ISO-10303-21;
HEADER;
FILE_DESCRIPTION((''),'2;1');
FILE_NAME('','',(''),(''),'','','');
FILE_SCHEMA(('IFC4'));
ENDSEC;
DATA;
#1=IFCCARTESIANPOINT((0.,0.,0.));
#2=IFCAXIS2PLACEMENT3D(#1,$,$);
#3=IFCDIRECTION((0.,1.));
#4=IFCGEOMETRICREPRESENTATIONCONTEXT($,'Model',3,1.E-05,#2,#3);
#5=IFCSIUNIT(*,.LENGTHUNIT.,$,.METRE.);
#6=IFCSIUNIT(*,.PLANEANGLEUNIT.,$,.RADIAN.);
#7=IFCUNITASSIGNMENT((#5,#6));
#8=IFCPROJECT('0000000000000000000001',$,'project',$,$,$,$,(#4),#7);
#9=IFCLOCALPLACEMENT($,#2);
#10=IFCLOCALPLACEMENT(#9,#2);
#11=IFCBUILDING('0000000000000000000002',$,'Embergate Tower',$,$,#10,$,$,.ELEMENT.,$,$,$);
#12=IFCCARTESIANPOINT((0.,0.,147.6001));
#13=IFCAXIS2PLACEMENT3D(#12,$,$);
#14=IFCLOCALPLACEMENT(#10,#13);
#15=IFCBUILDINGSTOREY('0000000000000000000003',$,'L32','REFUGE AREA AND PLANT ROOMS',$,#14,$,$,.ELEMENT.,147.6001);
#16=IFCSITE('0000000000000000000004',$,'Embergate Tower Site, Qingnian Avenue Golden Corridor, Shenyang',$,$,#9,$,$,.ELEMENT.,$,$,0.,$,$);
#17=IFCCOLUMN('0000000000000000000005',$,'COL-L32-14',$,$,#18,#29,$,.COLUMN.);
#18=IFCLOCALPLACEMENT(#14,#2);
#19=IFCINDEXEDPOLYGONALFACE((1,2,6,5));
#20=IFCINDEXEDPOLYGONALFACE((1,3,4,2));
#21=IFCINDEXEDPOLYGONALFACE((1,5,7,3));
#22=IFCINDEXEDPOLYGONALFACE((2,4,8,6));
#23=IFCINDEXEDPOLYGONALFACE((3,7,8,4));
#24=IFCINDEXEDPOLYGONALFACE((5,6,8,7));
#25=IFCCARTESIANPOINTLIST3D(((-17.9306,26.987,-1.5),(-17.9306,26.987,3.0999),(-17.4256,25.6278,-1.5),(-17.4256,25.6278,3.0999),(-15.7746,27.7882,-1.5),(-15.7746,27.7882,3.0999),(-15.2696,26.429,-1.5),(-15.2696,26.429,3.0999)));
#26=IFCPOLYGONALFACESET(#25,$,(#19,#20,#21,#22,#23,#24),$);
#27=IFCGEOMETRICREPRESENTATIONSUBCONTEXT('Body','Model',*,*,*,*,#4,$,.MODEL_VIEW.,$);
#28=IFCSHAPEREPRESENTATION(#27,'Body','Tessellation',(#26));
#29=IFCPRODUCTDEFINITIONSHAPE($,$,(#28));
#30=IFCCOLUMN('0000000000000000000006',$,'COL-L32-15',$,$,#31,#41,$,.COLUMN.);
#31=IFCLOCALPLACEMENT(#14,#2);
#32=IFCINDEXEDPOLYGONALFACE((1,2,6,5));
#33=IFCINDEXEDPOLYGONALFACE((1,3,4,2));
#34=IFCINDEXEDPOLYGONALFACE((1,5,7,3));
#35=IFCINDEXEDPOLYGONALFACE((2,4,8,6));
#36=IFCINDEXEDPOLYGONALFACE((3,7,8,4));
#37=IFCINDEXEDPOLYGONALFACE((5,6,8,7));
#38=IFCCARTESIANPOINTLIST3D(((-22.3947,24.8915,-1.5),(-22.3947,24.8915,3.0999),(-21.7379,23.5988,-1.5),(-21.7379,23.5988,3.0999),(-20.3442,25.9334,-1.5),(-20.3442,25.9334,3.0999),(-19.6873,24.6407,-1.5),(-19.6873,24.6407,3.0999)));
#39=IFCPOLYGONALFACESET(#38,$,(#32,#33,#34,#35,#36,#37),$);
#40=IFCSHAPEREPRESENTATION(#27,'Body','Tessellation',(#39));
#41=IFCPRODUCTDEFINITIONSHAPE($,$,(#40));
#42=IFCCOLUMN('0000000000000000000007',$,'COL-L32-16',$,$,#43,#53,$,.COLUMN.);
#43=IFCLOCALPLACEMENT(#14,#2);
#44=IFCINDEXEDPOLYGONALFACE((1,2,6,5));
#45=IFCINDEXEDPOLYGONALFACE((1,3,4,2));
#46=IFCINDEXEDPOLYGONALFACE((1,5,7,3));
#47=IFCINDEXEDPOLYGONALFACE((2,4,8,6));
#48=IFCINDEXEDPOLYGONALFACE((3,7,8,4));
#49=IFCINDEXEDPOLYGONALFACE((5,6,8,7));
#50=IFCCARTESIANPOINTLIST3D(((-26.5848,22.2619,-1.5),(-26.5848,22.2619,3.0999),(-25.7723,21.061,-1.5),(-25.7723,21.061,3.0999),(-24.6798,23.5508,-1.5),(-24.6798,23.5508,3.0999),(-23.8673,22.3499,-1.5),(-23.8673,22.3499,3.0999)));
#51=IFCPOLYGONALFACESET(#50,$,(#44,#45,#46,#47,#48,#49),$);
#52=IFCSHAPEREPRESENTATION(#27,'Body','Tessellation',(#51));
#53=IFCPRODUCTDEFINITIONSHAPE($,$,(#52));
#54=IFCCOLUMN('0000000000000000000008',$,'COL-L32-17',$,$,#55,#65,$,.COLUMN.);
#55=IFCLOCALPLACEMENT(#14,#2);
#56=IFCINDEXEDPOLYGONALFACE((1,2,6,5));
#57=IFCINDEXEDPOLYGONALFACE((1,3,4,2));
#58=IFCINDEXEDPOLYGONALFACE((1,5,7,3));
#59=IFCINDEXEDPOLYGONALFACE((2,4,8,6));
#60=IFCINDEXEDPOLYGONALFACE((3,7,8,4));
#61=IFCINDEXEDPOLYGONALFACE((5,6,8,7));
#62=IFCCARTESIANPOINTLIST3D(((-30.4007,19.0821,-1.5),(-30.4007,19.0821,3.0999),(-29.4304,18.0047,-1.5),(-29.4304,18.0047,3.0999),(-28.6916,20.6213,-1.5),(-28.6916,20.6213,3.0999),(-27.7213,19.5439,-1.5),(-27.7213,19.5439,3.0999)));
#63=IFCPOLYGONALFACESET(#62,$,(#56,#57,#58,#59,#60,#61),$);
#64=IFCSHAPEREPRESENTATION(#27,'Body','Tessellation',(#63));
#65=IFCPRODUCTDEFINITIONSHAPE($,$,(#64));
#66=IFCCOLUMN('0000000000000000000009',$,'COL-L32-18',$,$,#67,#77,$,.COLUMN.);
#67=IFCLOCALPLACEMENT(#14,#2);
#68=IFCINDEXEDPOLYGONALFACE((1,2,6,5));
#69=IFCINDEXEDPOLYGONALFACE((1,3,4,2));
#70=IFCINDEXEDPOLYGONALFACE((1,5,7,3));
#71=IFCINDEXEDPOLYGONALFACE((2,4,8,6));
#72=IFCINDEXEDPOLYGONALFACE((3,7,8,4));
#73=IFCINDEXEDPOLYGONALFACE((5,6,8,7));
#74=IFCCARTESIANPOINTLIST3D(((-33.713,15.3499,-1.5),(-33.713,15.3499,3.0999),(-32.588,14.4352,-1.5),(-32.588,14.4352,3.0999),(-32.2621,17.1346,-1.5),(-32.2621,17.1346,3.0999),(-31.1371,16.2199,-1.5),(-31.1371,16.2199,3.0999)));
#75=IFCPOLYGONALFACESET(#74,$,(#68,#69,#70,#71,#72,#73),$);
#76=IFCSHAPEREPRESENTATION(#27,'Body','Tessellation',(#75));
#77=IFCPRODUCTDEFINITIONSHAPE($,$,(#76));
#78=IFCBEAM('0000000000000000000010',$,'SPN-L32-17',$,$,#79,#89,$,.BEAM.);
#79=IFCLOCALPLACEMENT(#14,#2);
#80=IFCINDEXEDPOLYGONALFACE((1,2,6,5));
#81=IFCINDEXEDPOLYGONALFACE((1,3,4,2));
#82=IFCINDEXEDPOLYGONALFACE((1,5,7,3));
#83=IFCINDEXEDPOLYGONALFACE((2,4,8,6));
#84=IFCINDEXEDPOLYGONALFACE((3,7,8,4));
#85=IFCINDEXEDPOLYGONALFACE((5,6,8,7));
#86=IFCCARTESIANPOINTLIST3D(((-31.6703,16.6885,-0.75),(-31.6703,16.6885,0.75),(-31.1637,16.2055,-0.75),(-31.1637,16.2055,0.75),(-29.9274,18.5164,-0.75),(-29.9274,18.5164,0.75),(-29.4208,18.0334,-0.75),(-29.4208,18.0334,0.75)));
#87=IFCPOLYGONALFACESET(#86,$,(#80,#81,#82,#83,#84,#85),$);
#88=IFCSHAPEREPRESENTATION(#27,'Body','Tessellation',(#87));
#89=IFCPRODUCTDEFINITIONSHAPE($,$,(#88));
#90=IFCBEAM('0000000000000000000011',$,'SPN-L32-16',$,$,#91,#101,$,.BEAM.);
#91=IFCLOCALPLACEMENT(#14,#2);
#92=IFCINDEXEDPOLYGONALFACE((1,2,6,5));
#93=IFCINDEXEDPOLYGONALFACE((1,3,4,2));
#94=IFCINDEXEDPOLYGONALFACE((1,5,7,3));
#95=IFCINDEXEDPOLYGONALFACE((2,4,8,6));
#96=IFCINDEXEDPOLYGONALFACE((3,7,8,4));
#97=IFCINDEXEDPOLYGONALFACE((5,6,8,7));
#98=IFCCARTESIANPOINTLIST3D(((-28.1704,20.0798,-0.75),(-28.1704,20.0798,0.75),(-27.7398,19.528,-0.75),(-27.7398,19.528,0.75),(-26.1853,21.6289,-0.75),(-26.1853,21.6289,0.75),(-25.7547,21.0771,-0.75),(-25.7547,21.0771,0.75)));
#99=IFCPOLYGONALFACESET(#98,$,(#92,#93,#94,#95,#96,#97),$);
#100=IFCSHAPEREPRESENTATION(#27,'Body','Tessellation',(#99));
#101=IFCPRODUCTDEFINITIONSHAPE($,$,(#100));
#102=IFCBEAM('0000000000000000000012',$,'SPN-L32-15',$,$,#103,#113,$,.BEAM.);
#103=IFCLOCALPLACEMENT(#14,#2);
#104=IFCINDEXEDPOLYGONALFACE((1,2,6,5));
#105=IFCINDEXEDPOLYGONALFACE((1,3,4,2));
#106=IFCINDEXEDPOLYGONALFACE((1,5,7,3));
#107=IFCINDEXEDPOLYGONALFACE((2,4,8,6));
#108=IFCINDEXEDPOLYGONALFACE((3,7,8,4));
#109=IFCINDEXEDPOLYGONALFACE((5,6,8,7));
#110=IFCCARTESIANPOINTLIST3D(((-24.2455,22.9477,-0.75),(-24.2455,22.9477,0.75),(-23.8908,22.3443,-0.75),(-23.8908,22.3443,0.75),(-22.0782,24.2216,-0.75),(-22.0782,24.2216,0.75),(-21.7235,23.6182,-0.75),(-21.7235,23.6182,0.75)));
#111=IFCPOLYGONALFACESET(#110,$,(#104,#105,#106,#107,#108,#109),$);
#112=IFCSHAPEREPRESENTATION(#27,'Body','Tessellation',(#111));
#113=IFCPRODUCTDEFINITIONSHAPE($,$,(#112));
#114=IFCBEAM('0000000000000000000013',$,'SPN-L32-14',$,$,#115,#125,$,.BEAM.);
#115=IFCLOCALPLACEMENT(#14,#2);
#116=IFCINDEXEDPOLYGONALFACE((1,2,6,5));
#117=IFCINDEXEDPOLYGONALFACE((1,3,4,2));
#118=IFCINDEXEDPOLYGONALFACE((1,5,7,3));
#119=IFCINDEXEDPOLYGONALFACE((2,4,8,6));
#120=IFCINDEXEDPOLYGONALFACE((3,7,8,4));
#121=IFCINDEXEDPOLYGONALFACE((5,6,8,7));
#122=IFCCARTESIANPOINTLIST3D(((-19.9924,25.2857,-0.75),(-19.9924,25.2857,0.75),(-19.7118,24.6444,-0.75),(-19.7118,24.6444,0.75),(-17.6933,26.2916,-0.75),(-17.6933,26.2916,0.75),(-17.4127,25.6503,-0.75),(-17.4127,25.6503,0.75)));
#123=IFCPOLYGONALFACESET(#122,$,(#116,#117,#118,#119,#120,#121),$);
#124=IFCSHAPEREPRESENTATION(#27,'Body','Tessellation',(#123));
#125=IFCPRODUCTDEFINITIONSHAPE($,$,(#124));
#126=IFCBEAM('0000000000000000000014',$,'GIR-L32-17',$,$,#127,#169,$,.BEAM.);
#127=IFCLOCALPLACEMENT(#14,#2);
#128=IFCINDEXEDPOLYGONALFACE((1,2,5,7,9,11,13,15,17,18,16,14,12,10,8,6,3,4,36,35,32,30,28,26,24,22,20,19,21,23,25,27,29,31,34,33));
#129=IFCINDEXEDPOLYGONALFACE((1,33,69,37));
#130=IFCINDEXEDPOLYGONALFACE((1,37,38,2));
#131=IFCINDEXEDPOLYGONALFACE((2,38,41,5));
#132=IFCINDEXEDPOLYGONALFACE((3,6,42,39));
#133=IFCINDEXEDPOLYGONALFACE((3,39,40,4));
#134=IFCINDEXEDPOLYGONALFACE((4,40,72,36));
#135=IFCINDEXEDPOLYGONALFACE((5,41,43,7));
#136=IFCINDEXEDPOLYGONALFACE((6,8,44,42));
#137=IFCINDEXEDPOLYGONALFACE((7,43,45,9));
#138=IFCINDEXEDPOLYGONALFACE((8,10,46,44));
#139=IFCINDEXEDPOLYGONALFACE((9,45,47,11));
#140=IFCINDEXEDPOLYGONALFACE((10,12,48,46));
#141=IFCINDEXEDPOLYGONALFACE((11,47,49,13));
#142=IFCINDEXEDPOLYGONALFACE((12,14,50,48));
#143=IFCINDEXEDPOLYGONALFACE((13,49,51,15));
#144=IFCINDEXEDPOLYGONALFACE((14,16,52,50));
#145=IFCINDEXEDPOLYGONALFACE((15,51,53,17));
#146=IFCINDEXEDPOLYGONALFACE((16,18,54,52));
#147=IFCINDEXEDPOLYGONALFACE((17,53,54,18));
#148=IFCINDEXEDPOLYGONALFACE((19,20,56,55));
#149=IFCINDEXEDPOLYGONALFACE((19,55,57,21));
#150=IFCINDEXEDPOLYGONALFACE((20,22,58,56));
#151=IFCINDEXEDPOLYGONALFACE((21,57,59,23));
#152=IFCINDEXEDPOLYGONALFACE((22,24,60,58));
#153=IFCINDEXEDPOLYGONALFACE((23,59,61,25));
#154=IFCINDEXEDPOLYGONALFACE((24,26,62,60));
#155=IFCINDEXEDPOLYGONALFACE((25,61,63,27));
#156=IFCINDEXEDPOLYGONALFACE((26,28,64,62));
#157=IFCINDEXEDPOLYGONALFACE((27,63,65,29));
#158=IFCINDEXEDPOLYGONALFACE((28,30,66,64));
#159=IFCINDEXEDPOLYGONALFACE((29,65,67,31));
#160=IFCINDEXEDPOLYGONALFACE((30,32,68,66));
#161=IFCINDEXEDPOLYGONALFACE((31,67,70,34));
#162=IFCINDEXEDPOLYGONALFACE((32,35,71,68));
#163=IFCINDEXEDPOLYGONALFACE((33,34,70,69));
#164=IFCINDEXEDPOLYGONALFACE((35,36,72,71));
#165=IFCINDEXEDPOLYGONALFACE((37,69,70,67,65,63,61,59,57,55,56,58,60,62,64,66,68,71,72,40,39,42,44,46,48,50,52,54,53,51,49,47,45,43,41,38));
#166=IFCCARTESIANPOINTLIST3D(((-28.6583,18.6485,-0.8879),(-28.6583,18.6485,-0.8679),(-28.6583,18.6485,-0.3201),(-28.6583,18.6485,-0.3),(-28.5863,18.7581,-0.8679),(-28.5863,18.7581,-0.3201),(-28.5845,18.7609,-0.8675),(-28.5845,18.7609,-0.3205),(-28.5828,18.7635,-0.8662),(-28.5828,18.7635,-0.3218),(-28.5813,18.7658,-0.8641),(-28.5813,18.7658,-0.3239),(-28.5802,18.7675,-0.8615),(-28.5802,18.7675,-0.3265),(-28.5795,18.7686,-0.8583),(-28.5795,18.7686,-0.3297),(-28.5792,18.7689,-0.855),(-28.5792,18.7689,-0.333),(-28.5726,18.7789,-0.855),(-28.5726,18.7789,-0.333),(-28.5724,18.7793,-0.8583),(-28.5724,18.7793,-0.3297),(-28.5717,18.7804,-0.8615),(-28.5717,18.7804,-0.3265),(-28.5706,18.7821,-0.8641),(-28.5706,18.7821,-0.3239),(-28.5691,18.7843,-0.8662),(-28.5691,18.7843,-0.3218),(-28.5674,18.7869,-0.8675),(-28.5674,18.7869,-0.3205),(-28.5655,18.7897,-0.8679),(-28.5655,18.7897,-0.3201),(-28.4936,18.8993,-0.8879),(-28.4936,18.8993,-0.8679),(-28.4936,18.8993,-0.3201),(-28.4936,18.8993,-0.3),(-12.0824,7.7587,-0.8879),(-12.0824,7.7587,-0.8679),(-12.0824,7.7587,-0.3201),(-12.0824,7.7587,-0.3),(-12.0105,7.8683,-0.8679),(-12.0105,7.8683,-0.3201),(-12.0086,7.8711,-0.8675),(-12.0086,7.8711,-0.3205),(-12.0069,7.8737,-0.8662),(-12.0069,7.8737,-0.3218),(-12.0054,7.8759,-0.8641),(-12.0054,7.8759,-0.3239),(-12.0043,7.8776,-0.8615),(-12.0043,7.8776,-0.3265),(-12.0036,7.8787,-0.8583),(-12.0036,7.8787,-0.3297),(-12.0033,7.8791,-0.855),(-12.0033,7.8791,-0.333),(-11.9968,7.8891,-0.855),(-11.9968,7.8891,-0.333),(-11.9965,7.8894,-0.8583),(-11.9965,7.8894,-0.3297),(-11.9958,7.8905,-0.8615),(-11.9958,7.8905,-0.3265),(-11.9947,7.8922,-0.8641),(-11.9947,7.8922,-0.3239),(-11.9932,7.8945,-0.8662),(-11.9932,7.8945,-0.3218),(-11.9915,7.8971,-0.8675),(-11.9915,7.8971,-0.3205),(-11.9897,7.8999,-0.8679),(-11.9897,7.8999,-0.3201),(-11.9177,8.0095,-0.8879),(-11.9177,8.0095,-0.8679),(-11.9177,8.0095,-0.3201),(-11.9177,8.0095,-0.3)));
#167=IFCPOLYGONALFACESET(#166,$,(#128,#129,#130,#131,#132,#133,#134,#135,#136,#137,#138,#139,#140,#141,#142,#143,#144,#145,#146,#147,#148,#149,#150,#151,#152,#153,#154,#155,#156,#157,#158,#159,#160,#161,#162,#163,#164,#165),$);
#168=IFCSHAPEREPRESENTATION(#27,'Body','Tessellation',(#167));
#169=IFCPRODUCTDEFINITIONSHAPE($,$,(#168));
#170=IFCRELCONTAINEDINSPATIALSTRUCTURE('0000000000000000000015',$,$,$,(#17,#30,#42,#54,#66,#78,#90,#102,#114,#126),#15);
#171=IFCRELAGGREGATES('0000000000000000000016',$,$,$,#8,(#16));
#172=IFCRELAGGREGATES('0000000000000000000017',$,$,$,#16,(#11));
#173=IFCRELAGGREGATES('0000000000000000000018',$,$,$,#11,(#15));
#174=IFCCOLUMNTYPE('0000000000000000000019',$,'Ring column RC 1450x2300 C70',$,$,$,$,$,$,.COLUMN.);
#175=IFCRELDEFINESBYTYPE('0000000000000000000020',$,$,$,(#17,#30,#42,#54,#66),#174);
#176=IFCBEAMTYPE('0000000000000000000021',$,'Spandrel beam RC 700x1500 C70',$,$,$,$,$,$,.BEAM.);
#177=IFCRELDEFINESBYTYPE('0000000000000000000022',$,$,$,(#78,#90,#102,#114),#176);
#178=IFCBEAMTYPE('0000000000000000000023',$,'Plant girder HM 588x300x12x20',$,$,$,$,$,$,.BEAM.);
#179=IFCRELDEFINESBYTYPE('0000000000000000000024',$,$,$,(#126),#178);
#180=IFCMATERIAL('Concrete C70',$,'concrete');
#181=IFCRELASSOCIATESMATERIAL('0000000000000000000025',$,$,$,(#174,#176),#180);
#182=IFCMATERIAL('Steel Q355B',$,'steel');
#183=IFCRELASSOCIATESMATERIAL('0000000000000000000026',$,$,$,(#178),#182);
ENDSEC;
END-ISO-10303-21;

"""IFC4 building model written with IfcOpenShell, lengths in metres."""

from ifc_helpers import new_model, si_unit, direction, frame, origin, origin_2d, place, context, subcontext, project, spatial, rectangle, i_section, extrude, source, transform, mapped, material, material_profile, profile_set, type_object, element, save


model = new_model("IFC4")

# Units and contexts
model_context = context("Model", 3, precision=1e-05, world=origin(), true_north=direction((0.0, 1.0)))
body_context = subcontext(model_context, "Body", "Model", "MODEL_VIEW")
ifc_project = project(units=[si_unit("LENGTHUNIT", "METRE"), si_unit("PLANEANGLEUNIT", "RADIAN")], contexts=[model_context])

# Site, building, storey
site_placement = place(None, origin())
site = spatial("IfcSite", under=ifc_project, at=site_placement, Name="Embergate Tower Site, Qingnian Avenue Golden Corridor, Shenyang", CompositionType="ELEMENT", RefElevation=0.0)
building_placement = place(site_placement, origin())
building = spatial("IfcBuilding", under=site, at=building_placement, Name="Embergate Tower", CompositionType="ELEMENT")
storey_placement = place(building_placement, frame((0.0, 0.0, 147.6001)))
storey = spatial("IfcBuildingStorey", under=building, at=storey_placement, Name="L32", Description="REFUGE AREA AND PLANT ROOMS", CompositionType="ELEMENT", Elevation=147.6001)

# Columns
ifc_material_1 = material(Name="Concrete C70", Category="concrete")
ifc_material_profile_1 = material_profile(ifc_material_1, rectangle(XDim=1.45, YDim=2.3, at=origin_2d()), Name="RC 1450x2300")
ifc_profile_set_1 = profile_set([ifc_material_profile_1], Name="Concrete C70")
column_type = type_object("IfcColumnType", Name="Ring column RC 1450x2300 C70", PredefinedType="COLUMN", material=ifc_profile_set_1)
shared_shape_1 = source(origin(), body_context, "Body", "SweptSolid", [
    extrude(rectangle(XDim=1.45, YDim=2.3, at=origin_2d()), origin(), (0.0, 0.0, 1.0), 4.5999),
])
for number, where, z_axis, x_axis, name in (
    (1, (-16.6001, 26.708, -1.5), (0.0, 0.0, 1.0), (-0.348343, 0.937367, 0.0), "COL-L32-14"),
    (2, (-21.041, 24.7661, -1.5), (0.0, 0.0, 1.0), (-0.452995, 0.891513, 0.0), "COL-L32-15"),
    (3, (-25.2261, 22.3059, -1.5), (0.0, 0.0, 1.0), (-0.560379, 0.828236, 0.0), "COL-L32-16"),
    (4, (-29.061, 19.313, -1.5), (0.0, 0.0, 1.0), (-0.669208, 0.743075, 0.0), "COL-L32-17"),
    (5, (-32.425, 15.7849, -1.5), (0.0, 0.0, 1.0), (-0.775914, 0.630838, 0.0), "COL-L32-18"),
):
    element("IfcColumn", number, at=place(storey_placement, frame(where, z_axis=z_axis, x_axis=x_axis)), inside=storey, type_object=column_type, Name=name, PredefinedType="COLUMN", context=body_context, shape_type="MappedRepresentation", body=[
        mapped(shared_shape_1, transform((0.0, 0.0, 0.0))),
    ])

# Beams
ifc_material_profile_2 = material_profile(ifc_material_1, rectangle(XDim=0.7, YDim=1.5, at=origin_2d()), Name="RC 700x1500")
ifc_profile_set_2 = profile_set([ifc_material_profile_2], Name="Concrete C70")
beam_type_1 = type_object("IfcBeamType", Name="Spandrel beam RC 700x1500 C70", PredefinedType="BEAM", material=ifc_profile_set_2)
shared_shape_2 = source(origin(), body_context, "Body", "SweptSolid", [
    extrude(rectangle(XDim=0.7, YDim=1.5, at=origin_2d()), origin(), (0.0, 0.0, 1.0), 2.5256),
])
beam_1_placement = place(storey_placement, frame((-29.6741, 18.2749, 0.0), z_axis=(-0.690087, -0.723726, 0.0), x_axis=(0.723726, -0.690087, 0.0)))
element("IfcBeam", 6, at=beam_1_placement, inside=storey, type_object=beam_type_1, Name="SPN-L32-17", PredefinedType="BEAM", context=body_context, shape_type="MappedRepresentation", body=[
    mapped(shared_shape_2, transform((0.0, 0.0, 0.0))),
])
shared_shape_3 = source(origin(), body_context, "Body", "SweptSolid", [
    extrude(rectangle(XDim=0.7, YDim=1.5, at=origin_2d()), origin(), (0.0, 0.0, 1.0), 2.5181),
])
beam_2_placement = place(storey_placement, frame((-25.97, 21.353, 0.0), z_axis=(-0.78837, -0.615202, 0.0), x_axis=(0.615202, -0.78837, 0.0)))
element("IfcBeam", 7, at=beam_2_placement, inside=storey, type_object=beam_type_1, Name="SPN-L32-16", PredefinedType="BEAM", context=body_context, shape_type="MappedRepresentation", body=[
    mapped(shared_shape_3, transform((0.0, 0.0, 0.0))),
])
shared_shape_4 = source(origin(), body_context, "Body", "SweptSolid", [
    extrude(rectangle(XDim=0.7, YDim=1.5, at=origin_2d()), origin(), (0.0, 0.0, 1.0), 2.5139),
])
beam_3_placement = place(storey_placement, frame((-21.9009, 23.9199, 0.0), z_axis=(-0.862094, -0.506748, 0.0), x_axis=(0.506748, -0.862094, 0.0)))
element("IfcBeam", 8, at=beam_3_placement, inside=storey, type_object=beam_type_1, Name="SPN-L32-15", PredefinedType="BEAM", context=body_context, shape_type="MappedRepresentation", body=[
    mapped(shared_shape_4, transform((0.0, 0.0, 0.0))),
])
shared_shape_5 = source(origin(), body_context, "Body", "SweptSolid", [
    extrude(rectangle(XDim=0.7, YDim=1.5, at=origin_2d()), origin(), (0.0, 0.0, 1.0), 2.5095),
])
beam_4_placement = place(storey_placement, frame((-17.553, 25.9709, 0.0), z_axis=(-0.916155, -0.400824, 0.0), x_axis=(0.400824, -0.916155, 0.0)))
element("IfcBeam", 9, at=beam_4_placement, inside=storey, type_object=beam_type_1, Name="SPN-L32-14", PredefinedType="BEAM", context=body_context, shape_type="MappedRepresentation", body=[
    mapped(shared_shape_5, transform((0.0, 0.0, 0.0))),
])
ifc_material_2 = material(Name="Steel Q355B", Category="steel")
ifc_material_profile_3 = material_profile(ifc_material_2, i_section(OverallWidth=0.3, OverallDepth=0.5879, WebThickness=0.012, FlangeThickness=0.02, FilletRadius=0.0129, at=origin_2d()), Name="HM 588x300x12x20")
ifc_profile_set_3 = profile_set([ifc_material_profile_3], Name="Steel Q355 grade B")
beam_type_2 = type_object("IfcBeamType", Name="Plant girder HM 588x300x12x20", PredefinedType="BEAM", material=ifc_profile_set_3)
shared_shape_6 = source(origin(), body_context, "Body", "SweptSolid", [
    extrude(i_section(OverallWidth=0.3, OverallDepth=0.5879, WebThickness=0.012, FlangeThickness=0.02, FilletRadius=0.0129, at=origin_2d()), origin(), (0.0, 0.0, 1.0), 19.833),
])
beam_5_placement = place(storey_placement, frame((-28.5759, 18.7739, -0.594), z_axis=(0.835772, -0.549077, 0.0), x_axis=(0.549077, 0.835772, 0.0)))
element("IfcBeam", 10, at=beam_5_placement, inside=storey, type_object=beam_type_2, Name="GIR-L32-17", PredefinedType="BEAM", context=body_context, shape_type="MappedRepresentation", body=[
    mapped(shared_shape_6, transform((0.0, 0.0, 0.0))),
])

save(model, "model.ifc")
